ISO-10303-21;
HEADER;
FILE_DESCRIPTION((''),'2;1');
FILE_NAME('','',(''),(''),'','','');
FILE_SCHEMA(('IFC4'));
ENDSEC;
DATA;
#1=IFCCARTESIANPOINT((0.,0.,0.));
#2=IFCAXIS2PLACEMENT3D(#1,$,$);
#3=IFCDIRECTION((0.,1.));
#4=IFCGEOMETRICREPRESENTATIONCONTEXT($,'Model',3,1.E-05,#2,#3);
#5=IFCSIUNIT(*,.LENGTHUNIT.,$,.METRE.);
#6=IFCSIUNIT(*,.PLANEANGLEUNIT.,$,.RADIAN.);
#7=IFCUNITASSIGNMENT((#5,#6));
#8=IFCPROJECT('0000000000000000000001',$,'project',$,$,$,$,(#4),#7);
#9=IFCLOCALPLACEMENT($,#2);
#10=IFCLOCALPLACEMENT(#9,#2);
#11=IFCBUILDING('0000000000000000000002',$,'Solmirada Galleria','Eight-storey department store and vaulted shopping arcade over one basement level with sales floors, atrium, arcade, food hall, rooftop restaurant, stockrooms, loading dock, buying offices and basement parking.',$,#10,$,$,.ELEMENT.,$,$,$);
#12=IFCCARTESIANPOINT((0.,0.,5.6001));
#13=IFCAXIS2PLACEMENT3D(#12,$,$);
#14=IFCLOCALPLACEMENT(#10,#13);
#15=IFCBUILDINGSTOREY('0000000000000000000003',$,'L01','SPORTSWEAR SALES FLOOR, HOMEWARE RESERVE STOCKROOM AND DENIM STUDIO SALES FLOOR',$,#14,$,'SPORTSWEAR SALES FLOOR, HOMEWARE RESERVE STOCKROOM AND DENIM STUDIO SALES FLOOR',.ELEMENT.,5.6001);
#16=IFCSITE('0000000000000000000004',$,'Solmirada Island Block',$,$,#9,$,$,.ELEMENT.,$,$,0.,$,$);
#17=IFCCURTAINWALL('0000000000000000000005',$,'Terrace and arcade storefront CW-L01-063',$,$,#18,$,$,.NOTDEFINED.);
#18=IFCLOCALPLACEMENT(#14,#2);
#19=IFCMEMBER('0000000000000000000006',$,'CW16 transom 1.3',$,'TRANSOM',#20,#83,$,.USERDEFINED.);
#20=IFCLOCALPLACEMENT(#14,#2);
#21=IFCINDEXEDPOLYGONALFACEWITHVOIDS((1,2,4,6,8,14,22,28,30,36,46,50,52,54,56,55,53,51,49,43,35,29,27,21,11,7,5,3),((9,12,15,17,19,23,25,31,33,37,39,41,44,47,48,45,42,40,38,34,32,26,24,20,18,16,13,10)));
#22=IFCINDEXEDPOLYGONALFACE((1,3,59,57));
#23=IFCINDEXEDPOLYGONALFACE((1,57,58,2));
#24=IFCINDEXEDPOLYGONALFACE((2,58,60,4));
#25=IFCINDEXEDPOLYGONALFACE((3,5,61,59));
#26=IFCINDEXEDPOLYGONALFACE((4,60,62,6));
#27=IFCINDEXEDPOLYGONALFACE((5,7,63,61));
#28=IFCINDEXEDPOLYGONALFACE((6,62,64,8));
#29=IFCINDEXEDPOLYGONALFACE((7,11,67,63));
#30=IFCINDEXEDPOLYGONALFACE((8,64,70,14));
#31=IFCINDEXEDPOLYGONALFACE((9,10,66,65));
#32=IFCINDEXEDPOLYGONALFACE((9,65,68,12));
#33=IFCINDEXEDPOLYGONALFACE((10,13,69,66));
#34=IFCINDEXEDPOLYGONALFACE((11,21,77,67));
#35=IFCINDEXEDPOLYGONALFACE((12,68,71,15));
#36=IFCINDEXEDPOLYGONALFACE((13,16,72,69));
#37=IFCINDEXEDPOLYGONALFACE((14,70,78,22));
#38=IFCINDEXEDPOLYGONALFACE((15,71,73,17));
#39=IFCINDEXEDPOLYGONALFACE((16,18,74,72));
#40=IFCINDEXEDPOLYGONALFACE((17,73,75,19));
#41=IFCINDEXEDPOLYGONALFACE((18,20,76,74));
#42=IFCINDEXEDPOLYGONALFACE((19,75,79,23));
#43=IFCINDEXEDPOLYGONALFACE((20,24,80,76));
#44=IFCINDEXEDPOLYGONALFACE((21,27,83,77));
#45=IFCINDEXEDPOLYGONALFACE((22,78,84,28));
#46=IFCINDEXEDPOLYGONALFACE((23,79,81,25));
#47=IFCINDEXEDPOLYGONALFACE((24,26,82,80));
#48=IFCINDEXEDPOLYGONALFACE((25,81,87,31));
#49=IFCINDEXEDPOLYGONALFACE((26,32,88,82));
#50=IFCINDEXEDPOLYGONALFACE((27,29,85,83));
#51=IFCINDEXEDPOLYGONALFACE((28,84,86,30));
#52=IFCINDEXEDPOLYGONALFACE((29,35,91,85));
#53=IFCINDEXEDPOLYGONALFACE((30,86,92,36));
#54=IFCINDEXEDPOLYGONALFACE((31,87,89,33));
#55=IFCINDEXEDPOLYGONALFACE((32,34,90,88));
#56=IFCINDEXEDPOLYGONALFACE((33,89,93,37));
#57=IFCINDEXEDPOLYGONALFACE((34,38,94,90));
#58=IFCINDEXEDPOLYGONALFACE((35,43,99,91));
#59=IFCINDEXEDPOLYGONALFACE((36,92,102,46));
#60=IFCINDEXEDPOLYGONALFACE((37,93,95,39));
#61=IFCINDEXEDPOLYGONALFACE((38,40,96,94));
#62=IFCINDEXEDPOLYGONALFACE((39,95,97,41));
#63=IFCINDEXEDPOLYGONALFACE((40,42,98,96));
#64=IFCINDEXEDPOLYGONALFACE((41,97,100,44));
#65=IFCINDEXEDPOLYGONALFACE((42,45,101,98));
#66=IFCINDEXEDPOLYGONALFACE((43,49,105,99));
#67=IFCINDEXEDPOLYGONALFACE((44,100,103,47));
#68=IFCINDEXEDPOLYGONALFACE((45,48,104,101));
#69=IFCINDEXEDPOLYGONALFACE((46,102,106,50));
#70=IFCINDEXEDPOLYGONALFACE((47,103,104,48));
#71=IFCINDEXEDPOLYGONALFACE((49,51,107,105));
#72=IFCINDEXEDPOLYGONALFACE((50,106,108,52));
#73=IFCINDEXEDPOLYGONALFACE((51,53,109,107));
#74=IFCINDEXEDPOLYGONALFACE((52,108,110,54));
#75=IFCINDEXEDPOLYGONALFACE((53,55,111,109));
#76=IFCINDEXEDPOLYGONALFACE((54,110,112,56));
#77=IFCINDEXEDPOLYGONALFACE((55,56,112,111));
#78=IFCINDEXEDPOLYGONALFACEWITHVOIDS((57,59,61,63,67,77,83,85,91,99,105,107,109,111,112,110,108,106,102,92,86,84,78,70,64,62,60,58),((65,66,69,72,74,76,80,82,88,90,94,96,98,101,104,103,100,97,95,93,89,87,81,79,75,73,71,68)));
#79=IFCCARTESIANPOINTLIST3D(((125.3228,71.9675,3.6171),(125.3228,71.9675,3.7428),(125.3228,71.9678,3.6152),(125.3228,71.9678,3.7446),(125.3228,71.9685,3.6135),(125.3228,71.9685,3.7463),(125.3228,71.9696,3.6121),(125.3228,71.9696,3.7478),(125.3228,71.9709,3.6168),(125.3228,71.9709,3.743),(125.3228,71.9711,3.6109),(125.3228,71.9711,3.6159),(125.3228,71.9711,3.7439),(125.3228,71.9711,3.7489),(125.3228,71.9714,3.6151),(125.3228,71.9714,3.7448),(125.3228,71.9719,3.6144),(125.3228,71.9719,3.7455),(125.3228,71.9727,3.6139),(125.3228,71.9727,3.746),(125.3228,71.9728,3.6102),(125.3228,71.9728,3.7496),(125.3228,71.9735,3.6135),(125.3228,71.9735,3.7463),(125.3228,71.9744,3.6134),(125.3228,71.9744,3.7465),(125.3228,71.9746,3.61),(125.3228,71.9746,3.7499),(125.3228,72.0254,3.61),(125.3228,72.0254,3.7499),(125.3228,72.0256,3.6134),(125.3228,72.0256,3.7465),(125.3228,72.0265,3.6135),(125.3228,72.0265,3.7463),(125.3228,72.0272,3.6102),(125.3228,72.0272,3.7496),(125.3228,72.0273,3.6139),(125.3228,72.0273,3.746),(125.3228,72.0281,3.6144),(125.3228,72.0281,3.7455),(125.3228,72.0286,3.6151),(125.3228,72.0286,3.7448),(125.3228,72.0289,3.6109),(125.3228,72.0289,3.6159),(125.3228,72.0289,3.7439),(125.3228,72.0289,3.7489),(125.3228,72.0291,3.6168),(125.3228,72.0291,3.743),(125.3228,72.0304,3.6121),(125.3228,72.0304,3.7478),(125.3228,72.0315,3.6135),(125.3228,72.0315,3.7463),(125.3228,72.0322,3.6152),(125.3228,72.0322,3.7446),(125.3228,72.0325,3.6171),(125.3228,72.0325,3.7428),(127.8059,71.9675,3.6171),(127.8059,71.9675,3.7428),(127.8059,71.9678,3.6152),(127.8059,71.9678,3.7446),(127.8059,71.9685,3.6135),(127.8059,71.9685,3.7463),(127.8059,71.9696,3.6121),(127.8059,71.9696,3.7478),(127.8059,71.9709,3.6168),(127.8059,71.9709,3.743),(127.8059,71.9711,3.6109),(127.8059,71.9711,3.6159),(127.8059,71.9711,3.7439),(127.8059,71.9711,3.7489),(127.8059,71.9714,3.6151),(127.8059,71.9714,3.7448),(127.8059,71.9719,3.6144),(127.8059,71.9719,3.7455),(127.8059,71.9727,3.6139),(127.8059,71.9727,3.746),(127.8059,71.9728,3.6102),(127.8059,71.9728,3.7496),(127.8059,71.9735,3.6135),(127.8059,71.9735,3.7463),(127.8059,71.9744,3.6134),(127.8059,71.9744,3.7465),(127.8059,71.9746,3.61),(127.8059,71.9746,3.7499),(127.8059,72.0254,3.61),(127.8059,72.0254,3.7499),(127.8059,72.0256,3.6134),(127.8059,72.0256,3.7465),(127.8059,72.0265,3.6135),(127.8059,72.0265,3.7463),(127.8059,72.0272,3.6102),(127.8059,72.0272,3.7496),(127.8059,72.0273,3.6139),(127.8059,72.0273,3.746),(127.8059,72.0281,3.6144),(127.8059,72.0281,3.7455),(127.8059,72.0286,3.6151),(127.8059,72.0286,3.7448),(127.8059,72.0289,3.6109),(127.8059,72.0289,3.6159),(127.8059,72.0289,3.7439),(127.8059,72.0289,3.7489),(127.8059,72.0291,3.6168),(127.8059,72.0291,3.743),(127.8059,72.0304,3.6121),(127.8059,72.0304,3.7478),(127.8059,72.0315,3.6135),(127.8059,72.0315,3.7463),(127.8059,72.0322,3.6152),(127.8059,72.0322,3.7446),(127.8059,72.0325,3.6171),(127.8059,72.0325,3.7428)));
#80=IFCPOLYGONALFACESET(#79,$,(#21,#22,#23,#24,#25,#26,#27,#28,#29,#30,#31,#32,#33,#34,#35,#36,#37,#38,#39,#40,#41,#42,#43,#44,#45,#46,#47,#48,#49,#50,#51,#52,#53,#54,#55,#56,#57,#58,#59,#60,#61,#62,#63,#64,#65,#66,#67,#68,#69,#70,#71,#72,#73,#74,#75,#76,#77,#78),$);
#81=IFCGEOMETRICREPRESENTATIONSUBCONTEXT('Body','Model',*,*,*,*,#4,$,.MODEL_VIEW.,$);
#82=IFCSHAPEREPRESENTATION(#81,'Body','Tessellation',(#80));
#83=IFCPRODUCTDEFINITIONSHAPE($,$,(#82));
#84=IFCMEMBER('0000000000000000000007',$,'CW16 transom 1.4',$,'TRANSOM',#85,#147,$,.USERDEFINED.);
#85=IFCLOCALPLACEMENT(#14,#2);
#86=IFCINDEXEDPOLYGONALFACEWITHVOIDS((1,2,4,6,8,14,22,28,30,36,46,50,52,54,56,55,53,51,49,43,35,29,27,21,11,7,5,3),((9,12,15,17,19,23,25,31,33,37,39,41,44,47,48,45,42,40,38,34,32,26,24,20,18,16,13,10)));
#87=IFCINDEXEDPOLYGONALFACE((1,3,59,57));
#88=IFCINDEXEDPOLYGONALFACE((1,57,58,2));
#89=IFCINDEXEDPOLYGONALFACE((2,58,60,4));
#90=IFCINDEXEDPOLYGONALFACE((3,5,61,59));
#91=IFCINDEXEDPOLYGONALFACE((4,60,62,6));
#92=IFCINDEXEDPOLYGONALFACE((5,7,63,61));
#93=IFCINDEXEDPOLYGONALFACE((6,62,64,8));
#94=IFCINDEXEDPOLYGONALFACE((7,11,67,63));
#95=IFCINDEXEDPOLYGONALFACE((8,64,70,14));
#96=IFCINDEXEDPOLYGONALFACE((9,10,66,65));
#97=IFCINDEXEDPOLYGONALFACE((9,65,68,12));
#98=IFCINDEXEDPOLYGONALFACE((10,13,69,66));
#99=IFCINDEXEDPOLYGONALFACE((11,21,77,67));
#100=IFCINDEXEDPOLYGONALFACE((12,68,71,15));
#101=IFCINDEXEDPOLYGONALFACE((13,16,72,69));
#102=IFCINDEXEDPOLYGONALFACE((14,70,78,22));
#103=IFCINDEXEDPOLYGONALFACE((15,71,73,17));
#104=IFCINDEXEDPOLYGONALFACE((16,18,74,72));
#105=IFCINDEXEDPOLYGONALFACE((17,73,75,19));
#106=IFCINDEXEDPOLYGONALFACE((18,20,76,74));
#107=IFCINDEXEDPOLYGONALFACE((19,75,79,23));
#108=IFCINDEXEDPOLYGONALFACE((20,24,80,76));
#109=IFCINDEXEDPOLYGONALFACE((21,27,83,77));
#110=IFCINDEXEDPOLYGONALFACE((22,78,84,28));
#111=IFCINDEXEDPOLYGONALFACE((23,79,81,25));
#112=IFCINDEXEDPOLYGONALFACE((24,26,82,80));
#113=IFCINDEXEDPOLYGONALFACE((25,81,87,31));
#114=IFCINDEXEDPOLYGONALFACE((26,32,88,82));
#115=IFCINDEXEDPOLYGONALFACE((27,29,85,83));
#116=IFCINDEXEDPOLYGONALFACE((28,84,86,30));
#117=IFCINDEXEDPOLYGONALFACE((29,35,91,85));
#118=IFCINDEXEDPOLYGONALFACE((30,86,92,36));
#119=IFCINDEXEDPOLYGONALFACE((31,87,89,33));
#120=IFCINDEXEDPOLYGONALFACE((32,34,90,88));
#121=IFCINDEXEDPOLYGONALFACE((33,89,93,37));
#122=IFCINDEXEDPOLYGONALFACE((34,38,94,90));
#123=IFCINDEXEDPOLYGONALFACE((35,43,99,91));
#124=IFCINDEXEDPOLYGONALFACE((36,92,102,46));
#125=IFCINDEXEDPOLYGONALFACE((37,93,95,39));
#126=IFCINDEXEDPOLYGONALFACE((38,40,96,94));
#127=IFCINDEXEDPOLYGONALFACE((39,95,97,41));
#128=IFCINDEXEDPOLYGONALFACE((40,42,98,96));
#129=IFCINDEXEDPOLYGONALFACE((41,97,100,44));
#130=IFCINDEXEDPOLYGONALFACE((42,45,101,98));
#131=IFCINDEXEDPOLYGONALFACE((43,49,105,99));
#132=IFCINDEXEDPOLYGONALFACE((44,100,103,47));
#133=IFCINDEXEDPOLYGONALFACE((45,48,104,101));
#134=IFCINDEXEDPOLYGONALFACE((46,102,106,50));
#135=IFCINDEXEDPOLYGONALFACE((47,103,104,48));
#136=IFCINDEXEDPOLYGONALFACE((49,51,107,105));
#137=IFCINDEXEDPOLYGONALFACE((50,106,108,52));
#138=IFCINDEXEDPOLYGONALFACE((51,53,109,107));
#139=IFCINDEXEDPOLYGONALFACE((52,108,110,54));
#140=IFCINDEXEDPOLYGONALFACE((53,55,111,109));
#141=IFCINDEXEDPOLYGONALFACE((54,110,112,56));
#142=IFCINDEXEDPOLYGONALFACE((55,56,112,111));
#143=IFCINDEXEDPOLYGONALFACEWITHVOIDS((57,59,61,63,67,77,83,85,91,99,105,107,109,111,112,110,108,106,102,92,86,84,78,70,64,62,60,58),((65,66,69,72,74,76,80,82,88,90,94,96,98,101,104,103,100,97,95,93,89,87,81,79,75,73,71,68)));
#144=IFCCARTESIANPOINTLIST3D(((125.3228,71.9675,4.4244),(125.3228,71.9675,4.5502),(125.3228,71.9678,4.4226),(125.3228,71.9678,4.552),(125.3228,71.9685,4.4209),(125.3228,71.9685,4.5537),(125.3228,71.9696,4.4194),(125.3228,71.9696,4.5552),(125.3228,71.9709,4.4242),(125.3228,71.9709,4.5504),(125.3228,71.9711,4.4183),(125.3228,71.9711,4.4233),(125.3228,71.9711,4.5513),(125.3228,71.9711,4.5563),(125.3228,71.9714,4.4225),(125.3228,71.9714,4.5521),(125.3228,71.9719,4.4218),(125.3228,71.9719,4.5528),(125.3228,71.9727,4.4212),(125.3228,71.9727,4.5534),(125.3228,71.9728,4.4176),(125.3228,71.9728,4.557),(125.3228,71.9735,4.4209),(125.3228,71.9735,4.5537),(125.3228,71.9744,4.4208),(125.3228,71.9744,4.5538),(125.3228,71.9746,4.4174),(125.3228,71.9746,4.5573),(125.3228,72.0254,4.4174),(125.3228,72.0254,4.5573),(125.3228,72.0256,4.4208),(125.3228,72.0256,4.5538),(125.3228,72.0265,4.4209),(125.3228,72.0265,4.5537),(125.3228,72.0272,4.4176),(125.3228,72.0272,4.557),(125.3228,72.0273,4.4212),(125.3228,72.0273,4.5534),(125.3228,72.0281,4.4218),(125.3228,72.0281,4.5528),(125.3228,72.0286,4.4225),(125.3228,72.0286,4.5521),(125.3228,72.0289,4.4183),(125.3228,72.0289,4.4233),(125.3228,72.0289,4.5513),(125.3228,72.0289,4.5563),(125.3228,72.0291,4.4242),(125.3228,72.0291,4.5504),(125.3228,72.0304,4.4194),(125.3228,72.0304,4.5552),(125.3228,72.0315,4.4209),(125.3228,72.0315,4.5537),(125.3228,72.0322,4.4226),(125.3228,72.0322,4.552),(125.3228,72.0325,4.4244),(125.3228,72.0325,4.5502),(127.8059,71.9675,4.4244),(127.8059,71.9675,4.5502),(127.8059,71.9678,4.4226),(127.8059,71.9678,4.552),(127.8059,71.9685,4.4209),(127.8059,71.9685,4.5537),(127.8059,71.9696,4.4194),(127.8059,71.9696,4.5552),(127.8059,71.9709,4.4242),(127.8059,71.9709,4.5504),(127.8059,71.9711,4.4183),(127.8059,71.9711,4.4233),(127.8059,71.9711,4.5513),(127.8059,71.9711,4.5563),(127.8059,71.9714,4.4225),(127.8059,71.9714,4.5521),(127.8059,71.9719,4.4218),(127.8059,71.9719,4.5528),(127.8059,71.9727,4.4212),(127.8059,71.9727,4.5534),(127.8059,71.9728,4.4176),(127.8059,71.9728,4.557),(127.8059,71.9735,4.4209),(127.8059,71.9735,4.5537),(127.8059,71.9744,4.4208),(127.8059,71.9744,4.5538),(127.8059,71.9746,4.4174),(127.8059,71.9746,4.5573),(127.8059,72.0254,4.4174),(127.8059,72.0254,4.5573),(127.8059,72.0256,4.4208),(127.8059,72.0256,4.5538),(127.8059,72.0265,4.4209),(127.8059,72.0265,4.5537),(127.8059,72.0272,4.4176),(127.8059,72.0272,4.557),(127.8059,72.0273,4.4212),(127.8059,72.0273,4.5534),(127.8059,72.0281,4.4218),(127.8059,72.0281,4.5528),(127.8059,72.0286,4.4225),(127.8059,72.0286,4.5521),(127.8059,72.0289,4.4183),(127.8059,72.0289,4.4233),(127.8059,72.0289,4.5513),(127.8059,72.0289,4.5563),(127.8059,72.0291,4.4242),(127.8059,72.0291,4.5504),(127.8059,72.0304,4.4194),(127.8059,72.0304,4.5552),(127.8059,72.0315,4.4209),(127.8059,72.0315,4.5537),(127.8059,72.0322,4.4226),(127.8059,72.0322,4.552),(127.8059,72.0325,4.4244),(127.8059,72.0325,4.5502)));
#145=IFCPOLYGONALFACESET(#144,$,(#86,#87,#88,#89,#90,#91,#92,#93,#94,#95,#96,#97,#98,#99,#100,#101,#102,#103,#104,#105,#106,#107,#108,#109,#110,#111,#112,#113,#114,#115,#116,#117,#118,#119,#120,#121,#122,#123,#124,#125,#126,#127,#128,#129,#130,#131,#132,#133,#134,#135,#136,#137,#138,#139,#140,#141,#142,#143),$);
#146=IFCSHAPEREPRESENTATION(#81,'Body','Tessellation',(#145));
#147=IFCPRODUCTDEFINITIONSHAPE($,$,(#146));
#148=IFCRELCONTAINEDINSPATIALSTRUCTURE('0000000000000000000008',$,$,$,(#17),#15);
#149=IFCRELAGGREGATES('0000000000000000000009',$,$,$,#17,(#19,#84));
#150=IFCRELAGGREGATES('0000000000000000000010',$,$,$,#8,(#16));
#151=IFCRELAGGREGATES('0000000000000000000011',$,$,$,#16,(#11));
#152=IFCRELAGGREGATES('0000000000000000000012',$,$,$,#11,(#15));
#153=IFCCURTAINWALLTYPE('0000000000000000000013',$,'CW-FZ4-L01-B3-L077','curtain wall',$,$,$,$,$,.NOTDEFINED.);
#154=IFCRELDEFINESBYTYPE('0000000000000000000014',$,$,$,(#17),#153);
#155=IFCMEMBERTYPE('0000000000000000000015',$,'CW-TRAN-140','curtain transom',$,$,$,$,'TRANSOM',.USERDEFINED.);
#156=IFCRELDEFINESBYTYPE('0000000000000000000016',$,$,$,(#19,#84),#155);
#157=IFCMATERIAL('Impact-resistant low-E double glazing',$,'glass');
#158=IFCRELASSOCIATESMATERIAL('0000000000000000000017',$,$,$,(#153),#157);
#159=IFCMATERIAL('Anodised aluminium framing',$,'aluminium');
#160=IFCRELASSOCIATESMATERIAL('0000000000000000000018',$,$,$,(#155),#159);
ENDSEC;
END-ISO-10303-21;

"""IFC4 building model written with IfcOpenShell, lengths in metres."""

from ifc_helpers import new_model, si_unit, direction, frame, origin, origin_2d, place, context, subcontext, project, spatial, hollow_rectangle, extrude, material, material_profile, profile_set, type_object, element, aggregate, save


model = new_model("IFC4")

# Units and contexts
model_context = context("Model", 3, precision=1e-05, world=origin(), true_north=direction((0.0, 1.0)))
body_context = subcontext(model_context, "Body", "Model", "MODEL_VIEW")
ifc_project = project(units=[si_unit("LENGTHUNIT", "METRE"), si_unit("PLANEANGLEUNIT", "RADIAN")], contexts=[model_context])

# Site, building, storey
site_placement = place(None, origin())
site = spatial("IfcSite", under=ifc_project, at=site_placement, Name="Solmirada Island Block", CompositionType="ELEMENT", RefElevation=0.0)
building_placement = place(site_placement, origin())
building = spatial("IfcBuilding", under=site, at=building_placement, Name="Solmirada Galleria", Description="Eight-storey department store and vaulted shopping arcade over one basement level with sales floors, atrium, arcade, food hall, rooftop restaurant, stockrooms, loading dock, buying offices and basement parking.", CompositionType="ELEMENT")
storey_placement = place(building_placement, frame((0.0, 0.0, 5.6001)))
storey = spatial("IfcBuildingStorey", under=building, at=storey_placement, Name="L01", Description="SPORTSWEAR SALES FLOOR, HOMEWARE RESERVE STOCKROOM AND DENIM STUDIO SALES FLOOR", LongName="SPORTSWEAR SALES FLOOR, HOMEWARE RESERVE STOCKROOM AND DENIM STUDIO SALES FLOOR", CompositionType="ELEMENT", Elevation=5.6001)

# Curtain wall
ifc_material_1 = material(Name="Impact-resistant low-E double glazing", Category="glass")
curtain_wall_type = type_object("IfcCurtainWallType", Name="CW-FZ4-L01-B3-L077", Description="curtain wall", PredefinedType="NOTDEFINED", material=ifc_material_1)
ifc_material_2 = material(Name="Anodised aluminium framing", Category="aluminium")
curtain_wall_1_placement = place(storey_placement, origin())
curtain_wall_1 = element("IfcCurtainWall", 1, at=curtain_wall_1_placement, inside=storey, type_object=curtain_wall_type, Name="Terrace and arcade storefront CW-L01-063", PredefinedType="NOTDEFINED")

# Members
ifc_material_profile_1 = material_profile(ifc_material_2, hollow_rectangle(XDim=0.0649, YDim=0.1399, WallThickness=0.0034, InnerFilletRadius=0.0034, OuterFilletRadius=0.0071, at=origin_2d()), Name="ALU-TRAN-140X65")
ifc_profile_set_1 = profile_set([ifc_material_profile_1], Name="Anodised aluminium framing")
member_type_1 = type_object("IfcMemberType", Name="CW-TRAN-140", Description="curtain transom", ElementType="TRANSOM", PredefinedType="USERDEFINED", material=ifc_profile_set_1)
member_1_placement = place(storey_placement, frame((127.8059, 72.0, 3.6799), z_axis=(-1.0, 0.0, 0.0), x_axis=(0.0, -1.0, 0.0)))
member_1 = element("IfcMember", 2, at=member_1_placement, type_object=member_type_1, Name="CW16 transom 1.3", ObjectType="TRANSOM", PredefinedType="USERDEFINED", context=body_context, shape_type="SweptSolid", body=[
    extrude(hollow_rectangle(XDim=0.0649, YDim=0.1399, WallThickness=0.0034, InnerFilletRadius=0.0034, OuterFilletRadius=0.0071, at=origin_2d()), origin(), (0.0, 0.0, 1.0), 2.4832),
])
member_2_placement = place(storey_placement, frame((127.8059, 72.0, 4.4873), z_axis=(-1.0, 0.0, 0.0), x_axis=(0.0, -1.0, 0.0)))
member_2 = element("IfcMember", 3, at=member_2_placement, type_object=member_type_1, Name="CW16 transom 1.4", ObjectType="TRANSOM", PredefinedType="USERDEFINED", context=body_context, shape_type="SweptSolid", body=[
    extrude(hollow_rectangle(XDim=0.0649, YDim=0.1399, WallThickness=0.0034, InnerFilletRadius=0.0034, OuterFilletRadius=0.0071, at=origin_2d()), origin(), (0.0, 0.0, 1.0), 2.4832),
])

aggregate(curtain_wall_1, [member_1, member_2])

save(model, "model.ifc")
